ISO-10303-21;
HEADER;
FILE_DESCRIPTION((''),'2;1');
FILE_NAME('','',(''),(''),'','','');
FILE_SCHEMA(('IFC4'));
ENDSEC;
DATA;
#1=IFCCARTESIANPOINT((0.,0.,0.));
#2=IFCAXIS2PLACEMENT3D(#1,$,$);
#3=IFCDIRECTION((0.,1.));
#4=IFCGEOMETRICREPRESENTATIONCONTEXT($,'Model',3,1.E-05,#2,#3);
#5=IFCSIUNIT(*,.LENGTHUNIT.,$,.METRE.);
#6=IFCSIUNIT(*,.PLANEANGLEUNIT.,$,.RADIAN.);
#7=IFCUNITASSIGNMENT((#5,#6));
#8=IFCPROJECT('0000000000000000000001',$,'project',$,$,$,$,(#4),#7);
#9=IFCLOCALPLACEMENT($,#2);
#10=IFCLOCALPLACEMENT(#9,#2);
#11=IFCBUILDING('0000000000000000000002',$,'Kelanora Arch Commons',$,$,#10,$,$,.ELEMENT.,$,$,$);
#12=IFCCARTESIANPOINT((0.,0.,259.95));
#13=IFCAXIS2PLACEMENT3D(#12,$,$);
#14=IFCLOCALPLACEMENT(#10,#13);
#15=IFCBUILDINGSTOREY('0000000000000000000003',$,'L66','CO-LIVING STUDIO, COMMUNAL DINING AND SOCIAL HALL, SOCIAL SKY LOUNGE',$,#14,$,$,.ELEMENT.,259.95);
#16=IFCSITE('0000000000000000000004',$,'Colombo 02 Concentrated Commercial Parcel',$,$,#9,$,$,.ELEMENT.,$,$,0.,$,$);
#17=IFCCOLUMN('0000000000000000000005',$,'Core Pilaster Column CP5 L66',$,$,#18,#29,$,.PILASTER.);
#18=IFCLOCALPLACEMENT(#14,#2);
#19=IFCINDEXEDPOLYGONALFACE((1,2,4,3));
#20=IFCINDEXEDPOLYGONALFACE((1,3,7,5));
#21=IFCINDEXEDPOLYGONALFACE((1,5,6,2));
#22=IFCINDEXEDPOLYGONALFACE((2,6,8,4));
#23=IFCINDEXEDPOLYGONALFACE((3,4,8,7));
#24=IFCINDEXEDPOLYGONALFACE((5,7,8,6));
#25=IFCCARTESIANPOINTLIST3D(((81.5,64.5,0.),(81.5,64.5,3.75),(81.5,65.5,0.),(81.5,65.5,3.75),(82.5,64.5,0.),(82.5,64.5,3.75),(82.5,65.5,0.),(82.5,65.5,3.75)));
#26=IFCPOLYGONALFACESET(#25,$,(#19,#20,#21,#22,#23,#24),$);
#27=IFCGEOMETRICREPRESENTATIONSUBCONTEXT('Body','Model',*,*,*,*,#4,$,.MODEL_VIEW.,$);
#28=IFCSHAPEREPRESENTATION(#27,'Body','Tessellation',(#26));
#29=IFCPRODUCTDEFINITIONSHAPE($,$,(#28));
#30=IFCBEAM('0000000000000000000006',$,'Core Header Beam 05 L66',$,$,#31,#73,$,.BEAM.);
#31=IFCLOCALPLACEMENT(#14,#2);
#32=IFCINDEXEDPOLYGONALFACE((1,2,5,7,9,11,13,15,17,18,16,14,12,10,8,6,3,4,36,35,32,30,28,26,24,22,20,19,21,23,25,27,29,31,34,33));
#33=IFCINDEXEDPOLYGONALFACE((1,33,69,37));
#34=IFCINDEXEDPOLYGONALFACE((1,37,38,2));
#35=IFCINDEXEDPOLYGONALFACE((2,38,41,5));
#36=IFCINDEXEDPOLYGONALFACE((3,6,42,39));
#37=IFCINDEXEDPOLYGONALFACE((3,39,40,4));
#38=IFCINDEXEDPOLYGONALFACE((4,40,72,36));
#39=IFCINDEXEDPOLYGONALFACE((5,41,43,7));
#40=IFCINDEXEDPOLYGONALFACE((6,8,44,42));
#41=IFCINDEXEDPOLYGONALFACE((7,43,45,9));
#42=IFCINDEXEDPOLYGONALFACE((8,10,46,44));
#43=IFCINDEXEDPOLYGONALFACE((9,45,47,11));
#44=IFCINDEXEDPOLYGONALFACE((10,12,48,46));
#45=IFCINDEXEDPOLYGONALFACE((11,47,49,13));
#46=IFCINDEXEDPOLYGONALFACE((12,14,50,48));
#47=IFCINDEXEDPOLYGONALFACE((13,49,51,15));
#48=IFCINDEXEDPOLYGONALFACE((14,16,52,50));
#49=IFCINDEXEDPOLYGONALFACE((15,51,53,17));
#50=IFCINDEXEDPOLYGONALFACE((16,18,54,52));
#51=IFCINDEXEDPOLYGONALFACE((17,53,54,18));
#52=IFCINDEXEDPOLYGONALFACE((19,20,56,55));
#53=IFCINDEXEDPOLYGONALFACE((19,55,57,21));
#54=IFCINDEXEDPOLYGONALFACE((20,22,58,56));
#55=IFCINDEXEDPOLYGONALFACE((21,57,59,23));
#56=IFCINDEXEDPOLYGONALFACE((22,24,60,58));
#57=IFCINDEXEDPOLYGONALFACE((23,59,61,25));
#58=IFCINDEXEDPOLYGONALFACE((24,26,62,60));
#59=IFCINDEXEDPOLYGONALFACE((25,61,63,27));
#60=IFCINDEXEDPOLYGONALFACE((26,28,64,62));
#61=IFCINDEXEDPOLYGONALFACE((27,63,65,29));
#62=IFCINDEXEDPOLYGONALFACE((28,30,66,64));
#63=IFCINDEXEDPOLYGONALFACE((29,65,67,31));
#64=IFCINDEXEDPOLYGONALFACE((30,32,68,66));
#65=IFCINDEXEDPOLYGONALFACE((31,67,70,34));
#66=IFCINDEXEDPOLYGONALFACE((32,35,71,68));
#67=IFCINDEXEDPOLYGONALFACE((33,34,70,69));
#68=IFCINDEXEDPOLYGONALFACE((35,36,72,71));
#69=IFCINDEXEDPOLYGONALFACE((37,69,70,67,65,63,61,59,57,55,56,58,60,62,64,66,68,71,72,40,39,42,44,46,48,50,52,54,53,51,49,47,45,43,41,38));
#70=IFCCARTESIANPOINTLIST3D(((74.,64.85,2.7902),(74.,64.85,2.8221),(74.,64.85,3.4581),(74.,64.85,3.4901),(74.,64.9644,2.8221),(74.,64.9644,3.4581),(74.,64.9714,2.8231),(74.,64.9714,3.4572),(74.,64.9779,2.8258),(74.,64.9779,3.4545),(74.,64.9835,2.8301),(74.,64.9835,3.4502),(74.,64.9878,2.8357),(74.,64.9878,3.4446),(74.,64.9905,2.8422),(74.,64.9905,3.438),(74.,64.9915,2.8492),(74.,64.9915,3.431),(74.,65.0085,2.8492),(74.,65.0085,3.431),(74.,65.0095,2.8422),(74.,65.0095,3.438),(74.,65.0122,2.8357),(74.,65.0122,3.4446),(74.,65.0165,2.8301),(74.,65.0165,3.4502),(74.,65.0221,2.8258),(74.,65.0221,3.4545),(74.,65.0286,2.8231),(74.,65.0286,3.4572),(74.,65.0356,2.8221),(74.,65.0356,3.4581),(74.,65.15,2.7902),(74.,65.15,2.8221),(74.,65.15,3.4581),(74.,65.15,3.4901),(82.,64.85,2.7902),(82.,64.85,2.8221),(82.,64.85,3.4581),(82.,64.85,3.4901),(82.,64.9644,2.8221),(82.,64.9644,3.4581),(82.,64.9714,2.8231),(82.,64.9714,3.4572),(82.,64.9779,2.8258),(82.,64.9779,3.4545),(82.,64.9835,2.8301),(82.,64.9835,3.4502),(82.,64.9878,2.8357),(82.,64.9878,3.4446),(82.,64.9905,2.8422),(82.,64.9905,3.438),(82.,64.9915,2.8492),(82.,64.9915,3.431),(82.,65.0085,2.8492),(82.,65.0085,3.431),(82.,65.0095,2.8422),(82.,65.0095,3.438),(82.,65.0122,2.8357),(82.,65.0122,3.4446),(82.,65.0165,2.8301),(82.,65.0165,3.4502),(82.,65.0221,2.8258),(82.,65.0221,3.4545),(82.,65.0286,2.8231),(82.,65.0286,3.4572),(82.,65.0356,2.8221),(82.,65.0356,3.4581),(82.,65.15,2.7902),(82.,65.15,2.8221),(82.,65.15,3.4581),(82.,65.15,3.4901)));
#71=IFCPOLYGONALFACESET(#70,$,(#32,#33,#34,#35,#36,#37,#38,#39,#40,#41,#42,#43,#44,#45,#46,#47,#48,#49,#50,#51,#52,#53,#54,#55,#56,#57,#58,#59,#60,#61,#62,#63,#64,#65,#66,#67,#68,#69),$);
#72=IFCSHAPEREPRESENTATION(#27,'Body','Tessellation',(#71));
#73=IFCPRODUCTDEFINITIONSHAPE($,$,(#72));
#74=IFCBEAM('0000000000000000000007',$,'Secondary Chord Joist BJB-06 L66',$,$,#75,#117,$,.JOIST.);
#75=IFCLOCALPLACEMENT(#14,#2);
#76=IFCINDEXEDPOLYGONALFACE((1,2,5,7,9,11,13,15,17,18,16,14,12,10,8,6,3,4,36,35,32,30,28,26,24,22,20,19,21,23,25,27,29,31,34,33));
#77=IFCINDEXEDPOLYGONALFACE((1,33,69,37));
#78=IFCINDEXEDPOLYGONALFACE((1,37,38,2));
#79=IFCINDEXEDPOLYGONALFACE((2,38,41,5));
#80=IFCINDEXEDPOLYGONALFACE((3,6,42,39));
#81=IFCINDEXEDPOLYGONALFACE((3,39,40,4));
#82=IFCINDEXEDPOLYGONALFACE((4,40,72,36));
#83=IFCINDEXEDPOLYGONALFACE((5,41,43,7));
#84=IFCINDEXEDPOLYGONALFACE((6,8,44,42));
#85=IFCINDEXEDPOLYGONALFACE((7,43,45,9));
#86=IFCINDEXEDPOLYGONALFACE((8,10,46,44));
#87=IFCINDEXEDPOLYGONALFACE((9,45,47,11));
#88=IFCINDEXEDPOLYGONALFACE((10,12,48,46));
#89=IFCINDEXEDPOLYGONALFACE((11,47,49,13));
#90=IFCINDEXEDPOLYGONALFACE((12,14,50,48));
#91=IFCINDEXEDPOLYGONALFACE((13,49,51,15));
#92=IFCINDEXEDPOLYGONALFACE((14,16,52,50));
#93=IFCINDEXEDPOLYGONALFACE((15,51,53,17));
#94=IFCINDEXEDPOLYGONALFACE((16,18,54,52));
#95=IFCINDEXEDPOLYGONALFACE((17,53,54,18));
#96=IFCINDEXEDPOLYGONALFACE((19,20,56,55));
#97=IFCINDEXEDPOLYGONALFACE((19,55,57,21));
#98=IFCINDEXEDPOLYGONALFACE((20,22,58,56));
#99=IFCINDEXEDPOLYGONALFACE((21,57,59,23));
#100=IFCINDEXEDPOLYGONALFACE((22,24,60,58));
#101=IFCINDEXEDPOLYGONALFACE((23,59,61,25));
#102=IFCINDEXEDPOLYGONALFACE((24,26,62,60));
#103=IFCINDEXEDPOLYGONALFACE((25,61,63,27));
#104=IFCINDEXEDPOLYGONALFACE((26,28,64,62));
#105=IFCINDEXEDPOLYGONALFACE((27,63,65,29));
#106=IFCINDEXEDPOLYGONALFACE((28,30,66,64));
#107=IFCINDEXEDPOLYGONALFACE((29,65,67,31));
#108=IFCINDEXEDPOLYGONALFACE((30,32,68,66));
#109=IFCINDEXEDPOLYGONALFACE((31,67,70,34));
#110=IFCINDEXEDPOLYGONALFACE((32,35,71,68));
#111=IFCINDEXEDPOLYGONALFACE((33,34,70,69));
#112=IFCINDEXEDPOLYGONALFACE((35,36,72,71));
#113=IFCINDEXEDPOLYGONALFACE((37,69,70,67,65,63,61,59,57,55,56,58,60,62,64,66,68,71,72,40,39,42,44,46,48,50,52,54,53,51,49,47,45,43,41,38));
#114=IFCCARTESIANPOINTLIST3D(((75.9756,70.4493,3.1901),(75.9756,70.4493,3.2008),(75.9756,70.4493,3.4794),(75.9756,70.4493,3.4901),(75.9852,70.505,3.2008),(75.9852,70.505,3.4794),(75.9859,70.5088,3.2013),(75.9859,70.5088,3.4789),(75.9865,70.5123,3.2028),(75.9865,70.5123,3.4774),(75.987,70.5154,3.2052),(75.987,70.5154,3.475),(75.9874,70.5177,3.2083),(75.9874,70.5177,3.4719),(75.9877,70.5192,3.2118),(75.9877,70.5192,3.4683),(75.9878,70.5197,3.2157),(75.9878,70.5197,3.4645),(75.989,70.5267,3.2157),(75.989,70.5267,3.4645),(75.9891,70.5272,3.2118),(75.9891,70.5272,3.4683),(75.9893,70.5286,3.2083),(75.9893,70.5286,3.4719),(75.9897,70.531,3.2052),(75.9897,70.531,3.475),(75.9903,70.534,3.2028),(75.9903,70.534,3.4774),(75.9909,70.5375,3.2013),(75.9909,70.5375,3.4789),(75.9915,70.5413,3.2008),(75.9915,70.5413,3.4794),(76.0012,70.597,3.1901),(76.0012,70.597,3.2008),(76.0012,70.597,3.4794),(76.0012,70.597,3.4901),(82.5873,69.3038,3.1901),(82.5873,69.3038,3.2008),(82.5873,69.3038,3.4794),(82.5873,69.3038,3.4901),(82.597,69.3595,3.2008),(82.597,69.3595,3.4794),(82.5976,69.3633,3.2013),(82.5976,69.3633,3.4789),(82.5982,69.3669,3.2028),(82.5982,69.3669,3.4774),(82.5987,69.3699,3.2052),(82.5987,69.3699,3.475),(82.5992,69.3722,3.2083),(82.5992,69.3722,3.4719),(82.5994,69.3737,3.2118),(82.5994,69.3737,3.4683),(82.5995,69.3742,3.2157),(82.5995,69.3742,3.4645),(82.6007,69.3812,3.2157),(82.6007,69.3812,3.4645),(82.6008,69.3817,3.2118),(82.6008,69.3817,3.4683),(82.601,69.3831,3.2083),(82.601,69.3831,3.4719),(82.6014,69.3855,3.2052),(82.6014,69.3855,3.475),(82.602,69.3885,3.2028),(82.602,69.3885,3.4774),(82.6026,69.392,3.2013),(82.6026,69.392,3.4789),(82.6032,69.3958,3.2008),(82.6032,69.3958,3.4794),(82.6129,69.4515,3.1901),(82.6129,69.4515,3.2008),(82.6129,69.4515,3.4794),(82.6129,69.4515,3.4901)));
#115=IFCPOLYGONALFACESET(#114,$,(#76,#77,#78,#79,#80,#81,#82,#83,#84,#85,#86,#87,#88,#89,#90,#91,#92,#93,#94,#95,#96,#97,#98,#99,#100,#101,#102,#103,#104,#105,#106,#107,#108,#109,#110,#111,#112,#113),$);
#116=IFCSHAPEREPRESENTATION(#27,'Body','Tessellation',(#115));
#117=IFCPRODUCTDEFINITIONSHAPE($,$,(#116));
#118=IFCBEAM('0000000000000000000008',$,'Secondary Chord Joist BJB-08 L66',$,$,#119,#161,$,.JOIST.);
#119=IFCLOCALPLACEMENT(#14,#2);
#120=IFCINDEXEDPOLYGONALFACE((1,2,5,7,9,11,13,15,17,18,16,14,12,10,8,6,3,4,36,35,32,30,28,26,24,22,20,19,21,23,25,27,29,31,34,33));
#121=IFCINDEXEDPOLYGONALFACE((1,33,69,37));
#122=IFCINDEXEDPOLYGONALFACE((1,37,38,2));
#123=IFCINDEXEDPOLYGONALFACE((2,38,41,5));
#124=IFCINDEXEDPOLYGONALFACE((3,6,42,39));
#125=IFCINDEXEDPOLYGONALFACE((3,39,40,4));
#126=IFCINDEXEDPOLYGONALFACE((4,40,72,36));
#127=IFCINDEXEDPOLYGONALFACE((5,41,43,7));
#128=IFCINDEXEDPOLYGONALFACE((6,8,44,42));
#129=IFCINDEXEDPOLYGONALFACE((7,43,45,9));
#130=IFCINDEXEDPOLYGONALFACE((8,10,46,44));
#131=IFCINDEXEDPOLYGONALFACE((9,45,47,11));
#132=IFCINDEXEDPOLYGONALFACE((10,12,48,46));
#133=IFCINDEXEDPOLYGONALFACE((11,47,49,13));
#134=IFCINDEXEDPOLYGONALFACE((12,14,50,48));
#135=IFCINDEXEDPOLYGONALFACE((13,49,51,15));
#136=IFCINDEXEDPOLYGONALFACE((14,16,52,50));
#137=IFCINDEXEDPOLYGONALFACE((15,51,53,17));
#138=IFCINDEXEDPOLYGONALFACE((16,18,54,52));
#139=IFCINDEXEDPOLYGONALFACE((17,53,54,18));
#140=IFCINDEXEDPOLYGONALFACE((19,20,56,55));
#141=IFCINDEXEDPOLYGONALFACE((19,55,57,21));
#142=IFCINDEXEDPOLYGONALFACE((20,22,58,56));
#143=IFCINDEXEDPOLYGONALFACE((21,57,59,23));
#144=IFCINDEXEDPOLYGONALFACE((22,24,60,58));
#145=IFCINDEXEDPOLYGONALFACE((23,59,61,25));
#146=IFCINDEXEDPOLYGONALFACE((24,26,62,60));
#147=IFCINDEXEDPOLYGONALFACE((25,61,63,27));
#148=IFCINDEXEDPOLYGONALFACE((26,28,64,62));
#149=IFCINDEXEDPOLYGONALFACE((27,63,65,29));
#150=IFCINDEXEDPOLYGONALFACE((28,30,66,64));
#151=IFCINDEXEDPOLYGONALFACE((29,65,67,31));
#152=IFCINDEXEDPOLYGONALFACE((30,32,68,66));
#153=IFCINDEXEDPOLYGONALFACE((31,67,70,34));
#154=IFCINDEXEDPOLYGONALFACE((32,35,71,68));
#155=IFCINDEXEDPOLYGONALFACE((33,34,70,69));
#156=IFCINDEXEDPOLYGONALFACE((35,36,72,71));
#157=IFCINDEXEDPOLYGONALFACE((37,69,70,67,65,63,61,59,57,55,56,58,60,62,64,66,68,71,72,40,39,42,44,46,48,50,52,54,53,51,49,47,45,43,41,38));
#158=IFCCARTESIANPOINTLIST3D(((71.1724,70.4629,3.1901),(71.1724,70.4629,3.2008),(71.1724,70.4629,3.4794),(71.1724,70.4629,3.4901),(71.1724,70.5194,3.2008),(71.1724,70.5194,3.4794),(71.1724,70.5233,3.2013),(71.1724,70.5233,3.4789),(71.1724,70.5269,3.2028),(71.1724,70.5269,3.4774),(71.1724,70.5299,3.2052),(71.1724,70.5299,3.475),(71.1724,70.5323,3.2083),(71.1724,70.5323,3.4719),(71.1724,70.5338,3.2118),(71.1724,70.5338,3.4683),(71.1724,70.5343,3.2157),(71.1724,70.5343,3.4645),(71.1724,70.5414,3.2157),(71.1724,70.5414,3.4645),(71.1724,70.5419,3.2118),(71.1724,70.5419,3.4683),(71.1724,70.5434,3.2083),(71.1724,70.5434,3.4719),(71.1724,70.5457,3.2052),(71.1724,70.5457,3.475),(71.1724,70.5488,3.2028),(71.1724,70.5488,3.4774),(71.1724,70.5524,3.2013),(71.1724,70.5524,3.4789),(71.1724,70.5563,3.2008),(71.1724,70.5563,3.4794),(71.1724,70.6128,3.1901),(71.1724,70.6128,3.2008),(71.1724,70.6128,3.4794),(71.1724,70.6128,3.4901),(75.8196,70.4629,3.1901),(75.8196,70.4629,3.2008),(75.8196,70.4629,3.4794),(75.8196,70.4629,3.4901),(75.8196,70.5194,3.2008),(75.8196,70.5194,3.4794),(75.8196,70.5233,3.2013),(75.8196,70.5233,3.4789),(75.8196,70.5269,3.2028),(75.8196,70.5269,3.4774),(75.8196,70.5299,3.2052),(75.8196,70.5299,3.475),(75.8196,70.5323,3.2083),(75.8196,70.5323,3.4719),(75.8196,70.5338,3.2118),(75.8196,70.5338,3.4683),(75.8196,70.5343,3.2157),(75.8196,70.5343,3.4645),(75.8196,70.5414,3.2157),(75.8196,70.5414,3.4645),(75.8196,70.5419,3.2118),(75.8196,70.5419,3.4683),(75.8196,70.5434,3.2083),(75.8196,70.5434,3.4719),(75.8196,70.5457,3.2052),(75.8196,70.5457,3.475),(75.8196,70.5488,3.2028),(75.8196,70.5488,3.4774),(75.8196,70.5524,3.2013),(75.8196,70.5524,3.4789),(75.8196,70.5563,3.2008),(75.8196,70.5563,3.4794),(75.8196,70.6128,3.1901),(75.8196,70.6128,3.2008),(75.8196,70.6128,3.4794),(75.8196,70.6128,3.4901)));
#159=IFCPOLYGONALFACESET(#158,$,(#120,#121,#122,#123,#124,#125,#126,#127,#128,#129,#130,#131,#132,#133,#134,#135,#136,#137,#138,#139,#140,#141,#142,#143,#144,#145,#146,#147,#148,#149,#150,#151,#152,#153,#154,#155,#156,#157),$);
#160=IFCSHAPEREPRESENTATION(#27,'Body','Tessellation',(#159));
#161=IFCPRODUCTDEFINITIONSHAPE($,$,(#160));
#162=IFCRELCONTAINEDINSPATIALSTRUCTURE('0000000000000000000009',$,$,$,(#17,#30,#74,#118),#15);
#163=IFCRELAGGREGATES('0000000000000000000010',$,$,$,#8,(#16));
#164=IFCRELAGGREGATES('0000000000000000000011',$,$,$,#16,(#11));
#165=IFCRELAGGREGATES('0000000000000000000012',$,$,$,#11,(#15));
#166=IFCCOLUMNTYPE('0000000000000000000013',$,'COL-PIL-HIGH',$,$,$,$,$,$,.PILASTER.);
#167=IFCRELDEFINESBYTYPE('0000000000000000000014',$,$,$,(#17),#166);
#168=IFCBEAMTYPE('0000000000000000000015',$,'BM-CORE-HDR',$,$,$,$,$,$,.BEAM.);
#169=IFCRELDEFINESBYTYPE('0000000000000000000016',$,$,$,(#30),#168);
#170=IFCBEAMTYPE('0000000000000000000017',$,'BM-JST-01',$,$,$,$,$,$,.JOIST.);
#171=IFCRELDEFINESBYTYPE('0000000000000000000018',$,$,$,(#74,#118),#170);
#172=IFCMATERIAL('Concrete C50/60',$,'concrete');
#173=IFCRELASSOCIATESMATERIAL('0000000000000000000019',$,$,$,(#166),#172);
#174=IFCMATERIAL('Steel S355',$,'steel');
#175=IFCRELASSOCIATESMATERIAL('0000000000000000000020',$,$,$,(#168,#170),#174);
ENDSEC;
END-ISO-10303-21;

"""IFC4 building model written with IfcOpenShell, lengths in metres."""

from ifc_helpers import new_model, si_unit, direction, frame, origin, origin_2d, place, context, subcontext, project, spatial, rectangle, i_section, extrude, material, material_profile, profile_set, type_object, element, save


model = new_model("IFC4")

# Units and contexts
model_context = context("Model", 3, precision=1e-05, world=origin(), true_north=direction((0.0, 1.0)))
body_context = subcontext(model_context, "Body", "Model", "MODEL_VIEW")
ifc_project = project(units=[si_unit("LENGTHUNIT", "METRE"), si_unit("PLANEANGLEUNIT", "RADIAN")], contexts=[model_context])

# Site, building, storey
site_placement = place(None, origin())
site = spatial("IfcSite", under=ifc_project, at=site_placement, Name="Colombo 02 Concentrated Commercial Parcel", CompositionType="ELEMENT", RefElevation=0.0)
building_placement = place(site_placement, origin())
building = spatial("IfcBuilding", under=site, at=building_placement, Name="Kelanora Arch Commons", CompositionType="ELEMENT")
storey_placement = place(building_placement, frame((0.0, 0.0, 259.95)))
storey = spatial("IfcBuildingStorey", under=building, at=storey_placement, Name="L66", Description="CO-LIVING STUDIO, COMMUNAL DINING AND SOCIAL HALL, SOCIAL SKY LOUNGE", CompositionType="ELEMENT", Elevation=259.95)

# Column
ifc_material_1 = material(Name="Concrete C50/60", Category="concrete")
ifc_material_profile_1 = material_profile(ifc_material_1, rectangle(XDim=1.0, YDim=1.0, at=origin_2d()), Name="RC1000x1000")
ifc_profile_set_1 = profile_set([ifc_material_profile_1], Name="Concrete C50/60")
column_type = type_object("IfcColumnType", Name="COL-PIL-HIGH", PredefinedType="PILASTER", material=ifc_profile_set_1)
column_placement = place(storey_placement, frame((82.0, 65.0, 0.0), z_axis=(0.0, 0.0, 1.0), x_axis=(1.0, 0.0, 0.0)))
element("IfcColumn", 1, at=column_placement, inside=storey, type_object=column_type, Name="Core Pilaster Column CP5 L66", PredefinedType="PILASTER", context=body_context, shape_type="SweptSolid", body=[
    extrude(rectangle(XDim=1.0, YDim=1.0, at=origin_2d()), origin(), (0.0, 0.0, 1.0), 3.75),
])

# Beams
ifc_material_2 = material(Name="Steel S355", Category="steel")
ifc_material_profile_2 = material_profile(ifc_material_2, i_section(OverallWidth=0.3, OverallDepth=0.7, WebThickness=0.0171, FlangeThickness=0.032, FilletRadius=0.0271, at=origin_2d()), Name="HEB700")
ifc_profile_set_2 = profile_set([ifc_material_profile_2], Name="Steel S355")
beam_type_1 = type_object("IfcBeamType", Name="BM-CORE-HDR", PredefinedType="BEAM", material=ifc_profile_set_2)
beam_1_placement = place(storey_placement, frame((82.0, 65.0, 3.1401), z_axis=(-1.0, 0.0, 0.0), x_axis=(0.0, -1.0, 0.0)))
element("IfcBeam", 2, at=beam_1_placement, inside=storey, type_object=beam_type_1, Name="Core Header Beam 05 L66", PredefinedType="BEAM", context=body_context, shape_type="SweptSolid", body=[
    extrude(i_section(OverallWidth=0.3, OverallDepth=0.7, WebThickness=0.0171, FlangeThickness=0.032, FilletRadius=0.0271, at=origin_2d()), origin(), (0.0, 0.0, 1.0), 8.0),
])
ifc_material_profile_3 = material_profile(ifc_material_2, i_section(OverallWidth=0.1499, OverallDepth=0.3, WebThickness=0.0071, FlangeThickness=0.0107, FilletRadius=0.0149, at=origin_2d()), Name="IPE300")
ifc_profile_set_3 = profile_set([ifc_material_profile_3], Name="Steel S355")
beam_type_2 = type_object("IfcBeamType", Name="BM-JST-01", PredefinedType="JOIST", material=ifc_profile_set_3)
beam_2_placement = place(storey_placement, frame((82.6001, 69.3777, 3.3401), z_axis=(-0.985322, 0.170709, 0.0), x_axis=(-0.170709, -0.985322, 0.0)))
element("IfcBeam", 3, at=beam_2_placement, inside=storey, type_object=beam_type_2, Name="Secondary Chord Joist BJB-06 L66", PredefinedType="JOIST", context=body_context, shape_type="SweptSolid", body=[
    extrude(i_section(OverallWidth=0.1499, OverallDepth=0.3, WebThickness=0.0071, FlangeThickness=0.0107, FilletRadius=0.0149, at=origin_2d()), origin(), (0.0, 0.0, 1.0), 6.7102),
])
beam_3_placement = place(storey_placement, frame((75.8196, 70.5378, 3.3401), z_axis=(-1.0, 0.0, 0.0), x_axis=(0.0, -1.0, 0.0)))
element("IfcBeam", 4, at=beam_3_placement, inside=storey, type_object=beam_type_2, Name="Secondary Chord Joist BJB-08 L66", PredefinedType="JOIST", context=body_context, shape_type="SweptSolid", body=[
    extrude(i_section(OverallWidth=0.1499, OverallDepth=0.3, WebThickness=0.0071, FlangeThickness=0.0107, FilletRadius=0.0149, at=origin_2d()), origin(), (0.0, 0.0, 1.0), 4.6472),
])

save(model, "model.ifc")
